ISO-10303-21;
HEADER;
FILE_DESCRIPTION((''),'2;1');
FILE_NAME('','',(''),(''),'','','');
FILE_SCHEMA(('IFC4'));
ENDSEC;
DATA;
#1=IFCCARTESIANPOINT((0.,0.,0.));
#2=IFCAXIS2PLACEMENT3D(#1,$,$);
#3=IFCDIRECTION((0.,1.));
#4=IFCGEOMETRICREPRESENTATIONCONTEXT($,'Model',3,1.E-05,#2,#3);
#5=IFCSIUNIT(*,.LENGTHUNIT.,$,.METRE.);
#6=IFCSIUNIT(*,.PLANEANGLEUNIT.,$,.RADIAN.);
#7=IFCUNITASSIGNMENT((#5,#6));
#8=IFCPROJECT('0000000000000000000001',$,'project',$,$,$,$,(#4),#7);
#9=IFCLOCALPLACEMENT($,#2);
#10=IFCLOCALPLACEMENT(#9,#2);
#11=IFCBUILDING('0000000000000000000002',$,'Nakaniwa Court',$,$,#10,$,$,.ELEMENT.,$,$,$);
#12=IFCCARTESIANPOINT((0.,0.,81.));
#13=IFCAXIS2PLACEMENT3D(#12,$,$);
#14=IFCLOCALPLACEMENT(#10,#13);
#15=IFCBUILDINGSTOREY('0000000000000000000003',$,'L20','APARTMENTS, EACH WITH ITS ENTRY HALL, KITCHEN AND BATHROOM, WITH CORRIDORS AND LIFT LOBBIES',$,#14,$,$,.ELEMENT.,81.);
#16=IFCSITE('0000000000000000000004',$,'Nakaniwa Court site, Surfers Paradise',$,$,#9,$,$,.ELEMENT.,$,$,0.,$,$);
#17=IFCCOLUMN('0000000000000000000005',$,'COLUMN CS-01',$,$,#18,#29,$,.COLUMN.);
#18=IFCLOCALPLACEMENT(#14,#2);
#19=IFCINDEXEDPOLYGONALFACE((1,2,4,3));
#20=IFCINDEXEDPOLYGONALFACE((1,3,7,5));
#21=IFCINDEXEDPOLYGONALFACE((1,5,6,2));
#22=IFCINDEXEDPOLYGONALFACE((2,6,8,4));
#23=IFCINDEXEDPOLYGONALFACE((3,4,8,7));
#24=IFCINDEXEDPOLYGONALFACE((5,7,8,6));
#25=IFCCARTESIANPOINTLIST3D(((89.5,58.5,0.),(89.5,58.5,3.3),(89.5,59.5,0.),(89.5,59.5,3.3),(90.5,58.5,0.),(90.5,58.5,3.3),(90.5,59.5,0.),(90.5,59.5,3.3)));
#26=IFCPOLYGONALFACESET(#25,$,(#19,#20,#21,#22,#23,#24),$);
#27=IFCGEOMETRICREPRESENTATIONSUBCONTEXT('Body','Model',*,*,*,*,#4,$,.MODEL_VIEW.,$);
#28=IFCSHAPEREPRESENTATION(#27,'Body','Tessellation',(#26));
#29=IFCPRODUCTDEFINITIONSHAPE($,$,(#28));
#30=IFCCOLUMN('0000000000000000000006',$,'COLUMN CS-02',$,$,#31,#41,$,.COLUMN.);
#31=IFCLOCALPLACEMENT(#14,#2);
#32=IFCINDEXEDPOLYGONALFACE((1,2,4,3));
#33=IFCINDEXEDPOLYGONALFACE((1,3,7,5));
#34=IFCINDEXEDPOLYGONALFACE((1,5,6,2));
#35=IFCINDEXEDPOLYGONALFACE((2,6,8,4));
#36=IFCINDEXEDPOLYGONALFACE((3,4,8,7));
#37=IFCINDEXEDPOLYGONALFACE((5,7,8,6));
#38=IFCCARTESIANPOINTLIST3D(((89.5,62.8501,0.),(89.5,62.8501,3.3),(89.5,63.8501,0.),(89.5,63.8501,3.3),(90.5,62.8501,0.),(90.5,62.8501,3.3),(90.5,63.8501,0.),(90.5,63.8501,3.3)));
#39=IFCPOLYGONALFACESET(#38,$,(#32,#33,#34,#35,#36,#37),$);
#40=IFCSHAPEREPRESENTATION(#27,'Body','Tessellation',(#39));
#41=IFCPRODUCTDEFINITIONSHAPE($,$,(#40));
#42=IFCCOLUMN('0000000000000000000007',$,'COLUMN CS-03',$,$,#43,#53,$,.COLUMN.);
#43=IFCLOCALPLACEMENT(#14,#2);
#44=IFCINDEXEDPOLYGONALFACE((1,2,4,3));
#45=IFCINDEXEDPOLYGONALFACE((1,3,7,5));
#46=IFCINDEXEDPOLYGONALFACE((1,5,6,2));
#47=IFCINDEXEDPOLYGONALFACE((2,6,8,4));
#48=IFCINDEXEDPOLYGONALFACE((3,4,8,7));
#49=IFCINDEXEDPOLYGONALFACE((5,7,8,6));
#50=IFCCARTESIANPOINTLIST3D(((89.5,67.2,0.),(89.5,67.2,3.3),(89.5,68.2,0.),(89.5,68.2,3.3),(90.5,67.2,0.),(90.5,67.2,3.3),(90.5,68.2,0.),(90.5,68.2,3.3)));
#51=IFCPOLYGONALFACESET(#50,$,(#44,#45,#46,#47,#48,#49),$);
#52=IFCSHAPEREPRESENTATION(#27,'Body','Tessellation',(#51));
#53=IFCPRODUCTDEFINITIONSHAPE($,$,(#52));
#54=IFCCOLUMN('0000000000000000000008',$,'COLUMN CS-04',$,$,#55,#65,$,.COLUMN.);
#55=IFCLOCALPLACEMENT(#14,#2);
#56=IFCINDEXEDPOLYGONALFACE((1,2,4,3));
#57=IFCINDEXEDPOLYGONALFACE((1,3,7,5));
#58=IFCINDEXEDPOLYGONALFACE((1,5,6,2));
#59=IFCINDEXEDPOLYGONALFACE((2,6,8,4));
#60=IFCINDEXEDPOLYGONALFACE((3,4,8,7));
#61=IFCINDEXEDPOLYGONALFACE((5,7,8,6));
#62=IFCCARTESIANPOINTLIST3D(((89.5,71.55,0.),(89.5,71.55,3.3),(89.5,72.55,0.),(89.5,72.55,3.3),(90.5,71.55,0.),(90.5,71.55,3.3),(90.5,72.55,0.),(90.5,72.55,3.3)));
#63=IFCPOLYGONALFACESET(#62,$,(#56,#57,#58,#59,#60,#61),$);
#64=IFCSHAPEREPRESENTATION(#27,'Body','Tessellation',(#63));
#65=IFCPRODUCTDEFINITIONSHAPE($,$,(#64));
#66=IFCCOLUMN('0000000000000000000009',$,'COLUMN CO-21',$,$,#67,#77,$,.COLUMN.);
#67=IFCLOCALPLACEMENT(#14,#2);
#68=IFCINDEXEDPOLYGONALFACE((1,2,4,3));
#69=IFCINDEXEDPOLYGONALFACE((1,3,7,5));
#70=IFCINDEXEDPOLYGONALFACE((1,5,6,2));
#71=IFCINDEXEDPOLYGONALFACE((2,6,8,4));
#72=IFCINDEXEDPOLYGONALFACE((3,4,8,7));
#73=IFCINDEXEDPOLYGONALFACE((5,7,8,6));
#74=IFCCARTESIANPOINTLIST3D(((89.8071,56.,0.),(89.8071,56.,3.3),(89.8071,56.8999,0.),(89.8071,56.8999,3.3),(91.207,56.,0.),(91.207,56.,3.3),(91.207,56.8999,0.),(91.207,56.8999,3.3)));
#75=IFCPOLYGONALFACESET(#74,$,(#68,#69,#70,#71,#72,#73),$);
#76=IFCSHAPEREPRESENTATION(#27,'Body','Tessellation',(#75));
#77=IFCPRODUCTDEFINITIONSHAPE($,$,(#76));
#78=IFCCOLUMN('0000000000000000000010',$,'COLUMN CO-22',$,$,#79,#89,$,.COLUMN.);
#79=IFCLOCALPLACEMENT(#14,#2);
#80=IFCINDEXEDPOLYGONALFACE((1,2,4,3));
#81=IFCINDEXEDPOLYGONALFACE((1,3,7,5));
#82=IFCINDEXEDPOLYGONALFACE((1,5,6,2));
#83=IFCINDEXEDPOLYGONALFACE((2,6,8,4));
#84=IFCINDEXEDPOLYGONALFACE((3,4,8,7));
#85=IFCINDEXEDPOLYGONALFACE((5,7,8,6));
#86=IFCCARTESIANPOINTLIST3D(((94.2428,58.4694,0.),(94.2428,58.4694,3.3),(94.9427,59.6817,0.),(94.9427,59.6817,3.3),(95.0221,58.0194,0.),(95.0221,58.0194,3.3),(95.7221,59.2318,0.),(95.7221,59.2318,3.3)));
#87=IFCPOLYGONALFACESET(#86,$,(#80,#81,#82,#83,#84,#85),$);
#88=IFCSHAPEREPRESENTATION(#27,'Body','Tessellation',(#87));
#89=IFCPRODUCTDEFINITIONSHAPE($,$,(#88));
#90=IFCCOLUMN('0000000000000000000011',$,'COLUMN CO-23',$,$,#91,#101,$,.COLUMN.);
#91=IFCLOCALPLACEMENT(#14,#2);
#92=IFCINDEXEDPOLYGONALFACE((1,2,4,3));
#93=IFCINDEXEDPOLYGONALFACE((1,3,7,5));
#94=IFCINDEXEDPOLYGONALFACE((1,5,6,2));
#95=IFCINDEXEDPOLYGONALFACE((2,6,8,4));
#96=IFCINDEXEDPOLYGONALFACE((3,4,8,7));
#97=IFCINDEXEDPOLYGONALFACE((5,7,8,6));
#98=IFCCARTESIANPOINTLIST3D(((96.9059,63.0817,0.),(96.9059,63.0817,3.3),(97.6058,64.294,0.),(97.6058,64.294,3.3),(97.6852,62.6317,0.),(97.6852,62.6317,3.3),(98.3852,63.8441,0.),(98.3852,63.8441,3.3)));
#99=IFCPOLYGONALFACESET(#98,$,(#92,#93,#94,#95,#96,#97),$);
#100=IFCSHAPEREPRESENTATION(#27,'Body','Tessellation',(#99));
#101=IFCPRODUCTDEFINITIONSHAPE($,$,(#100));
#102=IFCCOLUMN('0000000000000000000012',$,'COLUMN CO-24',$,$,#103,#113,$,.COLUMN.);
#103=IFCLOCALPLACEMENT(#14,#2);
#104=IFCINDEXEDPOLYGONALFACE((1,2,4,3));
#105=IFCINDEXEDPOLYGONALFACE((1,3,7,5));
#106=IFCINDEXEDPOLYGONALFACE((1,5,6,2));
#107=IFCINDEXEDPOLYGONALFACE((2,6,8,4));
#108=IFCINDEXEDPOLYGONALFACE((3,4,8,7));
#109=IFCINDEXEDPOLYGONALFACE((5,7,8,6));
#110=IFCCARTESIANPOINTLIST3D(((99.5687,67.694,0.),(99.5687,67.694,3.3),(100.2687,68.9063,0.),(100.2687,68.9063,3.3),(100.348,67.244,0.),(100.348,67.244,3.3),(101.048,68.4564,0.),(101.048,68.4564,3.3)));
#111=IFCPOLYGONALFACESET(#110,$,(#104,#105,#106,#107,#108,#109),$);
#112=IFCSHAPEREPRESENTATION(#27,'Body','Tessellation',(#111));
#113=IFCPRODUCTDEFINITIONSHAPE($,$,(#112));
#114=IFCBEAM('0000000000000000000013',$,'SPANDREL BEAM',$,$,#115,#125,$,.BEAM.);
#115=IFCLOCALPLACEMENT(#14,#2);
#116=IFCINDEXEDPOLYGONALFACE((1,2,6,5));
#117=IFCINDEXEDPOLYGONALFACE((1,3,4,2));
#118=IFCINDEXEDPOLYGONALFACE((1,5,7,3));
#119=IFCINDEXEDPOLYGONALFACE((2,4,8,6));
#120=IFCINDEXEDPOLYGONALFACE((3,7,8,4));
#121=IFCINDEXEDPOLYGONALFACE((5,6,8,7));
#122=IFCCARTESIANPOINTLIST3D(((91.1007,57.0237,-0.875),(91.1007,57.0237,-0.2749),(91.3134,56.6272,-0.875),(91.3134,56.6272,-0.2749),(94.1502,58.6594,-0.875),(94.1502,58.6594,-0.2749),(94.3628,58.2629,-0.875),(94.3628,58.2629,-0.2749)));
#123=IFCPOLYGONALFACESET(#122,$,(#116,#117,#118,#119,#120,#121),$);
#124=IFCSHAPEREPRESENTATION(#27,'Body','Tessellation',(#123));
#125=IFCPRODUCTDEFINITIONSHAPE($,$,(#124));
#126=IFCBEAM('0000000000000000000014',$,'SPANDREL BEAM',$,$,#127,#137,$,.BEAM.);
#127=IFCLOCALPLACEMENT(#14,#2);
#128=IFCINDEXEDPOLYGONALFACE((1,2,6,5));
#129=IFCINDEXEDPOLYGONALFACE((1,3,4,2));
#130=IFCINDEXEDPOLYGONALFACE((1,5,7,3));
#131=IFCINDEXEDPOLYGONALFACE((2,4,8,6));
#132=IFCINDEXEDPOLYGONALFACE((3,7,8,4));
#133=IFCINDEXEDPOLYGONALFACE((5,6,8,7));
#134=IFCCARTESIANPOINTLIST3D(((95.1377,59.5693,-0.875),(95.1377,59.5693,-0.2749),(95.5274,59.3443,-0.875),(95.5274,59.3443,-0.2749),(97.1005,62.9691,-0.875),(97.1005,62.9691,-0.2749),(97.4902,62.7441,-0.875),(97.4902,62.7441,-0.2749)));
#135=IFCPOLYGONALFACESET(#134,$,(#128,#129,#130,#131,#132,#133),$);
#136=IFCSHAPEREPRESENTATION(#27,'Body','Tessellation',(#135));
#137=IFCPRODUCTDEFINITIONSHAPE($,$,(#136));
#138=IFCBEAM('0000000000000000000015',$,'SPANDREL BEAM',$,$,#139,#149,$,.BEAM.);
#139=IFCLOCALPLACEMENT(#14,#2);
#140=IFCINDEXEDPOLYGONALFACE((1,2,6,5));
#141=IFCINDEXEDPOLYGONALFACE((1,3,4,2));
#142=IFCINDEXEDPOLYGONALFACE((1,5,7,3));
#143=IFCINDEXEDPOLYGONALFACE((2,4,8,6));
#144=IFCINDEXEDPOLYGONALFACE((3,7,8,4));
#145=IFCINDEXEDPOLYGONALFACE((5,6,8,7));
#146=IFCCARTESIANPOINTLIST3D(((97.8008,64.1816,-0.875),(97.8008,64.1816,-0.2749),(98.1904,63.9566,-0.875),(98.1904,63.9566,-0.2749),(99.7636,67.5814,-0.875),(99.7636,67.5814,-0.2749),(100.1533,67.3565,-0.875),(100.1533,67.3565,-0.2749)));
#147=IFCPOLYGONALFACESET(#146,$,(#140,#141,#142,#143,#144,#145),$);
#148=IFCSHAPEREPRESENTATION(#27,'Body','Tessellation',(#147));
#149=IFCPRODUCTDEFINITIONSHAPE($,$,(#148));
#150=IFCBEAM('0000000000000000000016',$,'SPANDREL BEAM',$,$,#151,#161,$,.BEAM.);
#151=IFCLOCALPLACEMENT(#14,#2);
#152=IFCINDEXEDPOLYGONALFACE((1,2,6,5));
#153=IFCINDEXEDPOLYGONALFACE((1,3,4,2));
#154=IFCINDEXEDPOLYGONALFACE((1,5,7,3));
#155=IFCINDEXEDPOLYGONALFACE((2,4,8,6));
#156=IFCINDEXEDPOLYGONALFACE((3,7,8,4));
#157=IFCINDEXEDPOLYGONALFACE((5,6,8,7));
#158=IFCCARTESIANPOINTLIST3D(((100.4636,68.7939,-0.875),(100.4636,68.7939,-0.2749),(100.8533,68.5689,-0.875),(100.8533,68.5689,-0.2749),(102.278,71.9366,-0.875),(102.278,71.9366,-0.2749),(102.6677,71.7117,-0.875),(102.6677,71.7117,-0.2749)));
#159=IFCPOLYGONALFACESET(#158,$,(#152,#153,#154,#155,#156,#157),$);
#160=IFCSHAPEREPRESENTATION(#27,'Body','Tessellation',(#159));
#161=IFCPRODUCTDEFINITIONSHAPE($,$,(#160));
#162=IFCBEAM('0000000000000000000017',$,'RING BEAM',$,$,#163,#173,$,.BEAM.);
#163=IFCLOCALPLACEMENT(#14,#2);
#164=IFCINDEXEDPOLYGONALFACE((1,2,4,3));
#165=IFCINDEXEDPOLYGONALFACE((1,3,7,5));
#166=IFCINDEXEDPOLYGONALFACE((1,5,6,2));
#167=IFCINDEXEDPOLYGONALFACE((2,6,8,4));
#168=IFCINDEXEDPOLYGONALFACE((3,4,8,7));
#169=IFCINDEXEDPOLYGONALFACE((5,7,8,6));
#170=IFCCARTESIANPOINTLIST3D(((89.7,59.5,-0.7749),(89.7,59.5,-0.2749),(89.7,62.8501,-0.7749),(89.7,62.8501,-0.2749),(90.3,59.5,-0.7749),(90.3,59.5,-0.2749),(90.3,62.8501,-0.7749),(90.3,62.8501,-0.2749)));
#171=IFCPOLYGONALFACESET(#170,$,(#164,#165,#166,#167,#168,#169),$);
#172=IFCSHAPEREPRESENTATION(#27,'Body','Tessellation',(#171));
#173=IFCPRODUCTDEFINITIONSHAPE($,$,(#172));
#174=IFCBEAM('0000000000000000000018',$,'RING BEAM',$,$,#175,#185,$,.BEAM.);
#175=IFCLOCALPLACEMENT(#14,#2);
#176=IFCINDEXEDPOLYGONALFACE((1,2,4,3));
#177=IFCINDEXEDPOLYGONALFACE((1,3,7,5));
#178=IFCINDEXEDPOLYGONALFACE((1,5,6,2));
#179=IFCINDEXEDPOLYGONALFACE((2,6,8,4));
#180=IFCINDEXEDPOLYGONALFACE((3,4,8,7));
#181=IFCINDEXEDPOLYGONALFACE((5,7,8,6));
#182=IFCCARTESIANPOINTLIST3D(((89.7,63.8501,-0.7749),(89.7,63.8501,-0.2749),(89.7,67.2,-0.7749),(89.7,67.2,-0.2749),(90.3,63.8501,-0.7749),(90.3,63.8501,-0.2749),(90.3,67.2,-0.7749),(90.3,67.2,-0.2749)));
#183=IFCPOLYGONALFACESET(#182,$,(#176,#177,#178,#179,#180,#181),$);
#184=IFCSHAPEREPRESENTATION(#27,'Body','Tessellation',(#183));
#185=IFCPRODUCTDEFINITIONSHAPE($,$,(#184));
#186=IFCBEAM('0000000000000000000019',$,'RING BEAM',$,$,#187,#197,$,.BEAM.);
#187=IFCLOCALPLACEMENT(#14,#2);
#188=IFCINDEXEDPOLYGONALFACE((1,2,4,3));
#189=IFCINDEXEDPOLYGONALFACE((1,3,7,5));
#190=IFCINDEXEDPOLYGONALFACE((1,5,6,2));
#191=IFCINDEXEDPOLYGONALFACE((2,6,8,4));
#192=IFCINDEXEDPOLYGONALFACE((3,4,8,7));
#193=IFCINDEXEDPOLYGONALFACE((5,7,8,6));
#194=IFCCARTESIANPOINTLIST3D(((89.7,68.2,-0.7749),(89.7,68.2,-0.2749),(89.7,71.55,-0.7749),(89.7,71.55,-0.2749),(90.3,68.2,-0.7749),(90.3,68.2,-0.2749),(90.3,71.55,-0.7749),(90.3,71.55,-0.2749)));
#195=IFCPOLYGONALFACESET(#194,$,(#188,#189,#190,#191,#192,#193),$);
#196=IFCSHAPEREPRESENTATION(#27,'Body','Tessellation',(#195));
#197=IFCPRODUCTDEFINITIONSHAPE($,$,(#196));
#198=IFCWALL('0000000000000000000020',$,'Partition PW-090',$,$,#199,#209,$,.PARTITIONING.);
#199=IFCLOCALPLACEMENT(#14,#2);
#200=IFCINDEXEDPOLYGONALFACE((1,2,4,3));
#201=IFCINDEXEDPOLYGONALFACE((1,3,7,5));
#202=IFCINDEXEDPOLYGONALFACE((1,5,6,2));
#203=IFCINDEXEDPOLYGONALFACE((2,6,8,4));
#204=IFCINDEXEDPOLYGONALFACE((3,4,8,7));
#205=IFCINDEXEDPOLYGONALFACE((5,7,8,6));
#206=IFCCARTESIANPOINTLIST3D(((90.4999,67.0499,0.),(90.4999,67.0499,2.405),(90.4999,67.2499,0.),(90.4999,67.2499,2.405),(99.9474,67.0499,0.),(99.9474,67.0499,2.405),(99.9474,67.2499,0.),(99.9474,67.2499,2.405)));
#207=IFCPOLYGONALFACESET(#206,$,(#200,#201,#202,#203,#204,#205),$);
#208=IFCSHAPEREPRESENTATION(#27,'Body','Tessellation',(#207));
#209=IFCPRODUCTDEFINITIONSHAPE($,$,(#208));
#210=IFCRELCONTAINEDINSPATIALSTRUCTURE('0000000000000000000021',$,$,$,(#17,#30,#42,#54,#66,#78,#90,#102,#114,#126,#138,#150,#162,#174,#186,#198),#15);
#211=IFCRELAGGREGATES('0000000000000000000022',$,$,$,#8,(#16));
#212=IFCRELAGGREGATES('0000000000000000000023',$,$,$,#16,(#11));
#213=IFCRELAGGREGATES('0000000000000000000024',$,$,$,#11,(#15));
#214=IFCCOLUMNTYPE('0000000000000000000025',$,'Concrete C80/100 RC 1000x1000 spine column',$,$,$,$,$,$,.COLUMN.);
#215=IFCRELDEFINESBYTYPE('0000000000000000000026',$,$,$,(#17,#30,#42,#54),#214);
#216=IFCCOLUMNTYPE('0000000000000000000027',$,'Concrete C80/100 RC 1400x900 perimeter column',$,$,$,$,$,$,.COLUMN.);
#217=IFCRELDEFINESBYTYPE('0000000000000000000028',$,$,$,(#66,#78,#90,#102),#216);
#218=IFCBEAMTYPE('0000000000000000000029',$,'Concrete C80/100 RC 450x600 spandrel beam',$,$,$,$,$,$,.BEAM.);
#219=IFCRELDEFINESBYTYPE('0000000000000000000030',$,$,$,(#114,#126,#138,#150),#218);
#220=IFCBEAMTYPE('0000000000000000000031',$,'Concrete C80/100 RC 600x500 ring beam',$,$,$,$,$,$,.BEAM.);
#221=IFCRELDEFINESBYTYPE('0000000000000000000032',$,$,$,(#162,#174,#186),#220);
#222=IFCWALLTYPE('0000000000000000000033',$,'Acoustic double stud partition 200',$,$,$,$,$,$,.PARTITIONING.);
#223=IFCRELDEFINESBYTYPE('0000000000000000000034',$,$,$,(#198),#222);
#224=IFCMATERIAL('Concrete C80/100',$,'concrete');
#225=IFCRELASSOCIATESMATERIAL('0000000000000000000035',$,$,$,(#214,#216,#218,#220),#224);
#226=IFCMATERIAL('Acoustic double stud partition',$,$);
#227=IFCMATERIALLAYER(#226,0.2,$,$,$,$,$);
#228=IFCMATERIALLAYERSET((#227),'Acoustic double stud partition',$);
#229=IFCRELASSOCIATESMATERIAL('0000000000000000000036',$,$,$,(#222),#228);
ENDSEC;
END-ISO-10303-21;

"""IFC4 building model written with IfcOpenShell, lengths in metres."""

from ifc_helpers import new_model, si_unit, direction, frame, frame_2d, origin, origin_2d, place, context, subcontext, project, spatial, rectangle, extrude, material, layer, layer_set, material_profile, profile_set, type_object, element, save


model = new_model("IFC4")

# Units and contexts
model_context = context("Model", 3, precision=1e-05, world=origin(), true_north=direction((0.0, 1.0)))
body_context = subcontext(model_context, "Body", "Model", "MODEL_VIEW")
ifc_project = project(units=[si_unit("LENGTHUNIT", "METRE"), si_unit("PLANEANGLEUNIT", "RADIAN")], contexts=[model_context])

# Site, building, storey
site_placement = place(None, origin())
site = spatial("IfcSite", under=ifc_project, at=site_placement, Name="Nakaniwa Court site, Surfers Paradise", CompositionType="ELEMENT", RefElevation=0.0)
building_placement = place(site_placement, origin())
building = spatial("IfcBuilding", under=site, at=building_placement, Name="Nakaniwa Court", CompositionType="ELEMENT")
storey_placement = place(building_placement, frame((0.0, 0.0, 81.0)))
storey = spatial("IfcBuildingStorey", under=building, at=storey_placement, Name="L20", Description="APARTMENTS, EACH WITH ITS ENTRY HALL, KITCHEN AND BATHROOM, WITH CORRIDORS AND LIFT LOBBIES", CompositionType="ELEMENT", Elevation=81.0)

# Columns
ifc_material_1 = material(Name="Concrete C80/100", Category="concrete")
ifc_material_profile_1 = material_profile(ifc_material_1, rectangle(XDim=1.0, YDim=1.0, at=origin_2d()), Name="Concrete C80/100 RC 1000x1000 spine column")
ifc_profile_set_1 = profile_set([ifc_material_profile_1], Name="Concrete C80/100")
column_type_1 = type_object("IfcColumnType", Name="Concrete C80/100 RC 1000x1000 spine column", PredefinedType="COLUMN", material=ifc_profile_set_1)
for number, where, z_axis, x_axis, name in (
    (1, (90.0, 59.0, 0.0), (0.0, 0.0, 1.0), (0.0, 1.0, 0.0), "COLUMN CS-01"),
    (2, (90.0, 63.3501, 0.0), (0.0, 0.0, 1.0), (0.0, 1.0, 0.0), "COLUMN CS-02"),
    (3, (90.0, 67.7, 0.0), (0.0, 0.0, 1.0), (0.0, 1.0, 0.0), "COLUMN CS-03"),
    (4, (90.0, 72.05, 0.0), (0.0, 0.0, 1.0), (0.0, 1.0, 0.0), "COLUMN CS-04"),
):
    element("IfcColumn", number, at=place(storey_placement, frame(where, z_axis=z_axis, x_axis=x_axis)), inside=storey, type_object=column_type_1, Name=name, PredefinedType="COLUMN", context=body_context, shape_type="SweptSolid", body=[
        extrude(rectangle(XDim=1.0, YDim=1.0, at=origin_2d()), origin(), (0.0, 0.0, 1.0), 3.3),
    ])
ifc_material_profile_2 = material_profile(ifc_material_1, rectangle(XDim=1.3999, YDim=0.8999, at=origin_2d()), Name="Concrete C80/100 RC 1400x900 perimeter column")
ifc_profile_set_2 = profile_set([ifc_material_profile_2], Name="Concrete C80/100")
column_type_2 = type_object("IfcColumnType", Name="Concrete C80/100 RC 1400x900 perimeter column", PredefinedType="COLUMN", material=ifc_profile_set_2)
for number, where, z_axis, x_axis, name in (
    (5, (90.5071, 56.45, 0.0), (0.0, 0.0, 1.0), (1.0, 0.0, 0.0), "COLUMN CO-21"),
    (6, (94.9824, 58.8506, 0.0), (0.0, 0.0, 1.0), (0.5, 0.866025, 0.0), "COLUMN CO-22"),
    (7, (97.6455, 63.4629, 0.0), (0.0, 0.0, 1.0), (0.5, 0.866025, 0.0), "COLUMN CO-23"),
    (8, (100.3083, 68.0752, 0.0), (0.0, 0.0, 1.0), (0.5, 0.866025, 0.0), "COLUMN CO-24"),
):
    element("IfcColumn", number, at=place(storey_placement, frame(where, z_axis=z_axis, x_axis=x_axis)), inside=storey, type_object=column_type_2, Name=name, PredefinedType="COLUMN", context=body_context, shape_type="SweptSolid", body=[
        extrude(rectangle(XDim=1.3999, YDim=0.8999, at=origin_2d()), origin(), (0.0, 0.0, 1.0), 3.3),
    ])

# Beams
ifc_material_profile_3 = material_profile(ifc_material_1, rectangle(XDim=0.45, YDim=0.6001, at=origin_2d()), Name="Concrete C80/100 RC 450x600 spandrel beam")
ifc_profile_set_3 = profile_set([ifc_material_profile_3], Name="Concrete C80/100")
beam_type_1 = type_object("IfcBeamType", Name="Concrete C80/100 RC 450x600 spandrel beam", PredefinedType="BEAM", material=ifc_profile_set_3)
beam_1_placement = place(storey_placement, frame((91.207, 56.8254, -0.575), z_axis=(0.881233, 0.472681, 0.0), x_axis=(-0.472681, 0.881233, 0.0)))
element("IfcBeam", 9, at=beam_1_placement, inside=storey, type_object=beam_type_1, Name="SPANDREL BEAM", PredefinedType="BEAM", context=body_context, shape_type="SweptSolid", body=[
    extrude(rectangle(XDim=0.45, YDim=0.6001, at=origin_2d()), origin(), (0.0, 0.0, 1.0), 3.4604),
])
for number, where, z_axis, x_axis, name in (
    (10, (95.3325, 59.4568, -0.575), (0.499992, 0.86603, 0.0), (-0.86603, 0.499992, 0.0), "SPANDREL BEAM"),
    (11, (97.9956, 64.0691, -0.575), (0.499992, 0.86603, 0.0), (-0.86603, 0.499992, 0.0), "SPANDREL BEAM"),
):
    element("IfcBeam", number, at=place(storey_placement, frame(where, z_axis=z_axis, x_axis=x_axis)), inside=storey, type_object=beam_type_1, Name=name, PredefinedType="BEAM", context=body_context, shape_type="SweptSolid", body=[
        extrude(rectangle(XDim=0.45, YDim=0.6001, at=origin_2d()), origin(), (0.0, 0.0, 1.0), 3.9258),
    ])
beam_2_placement = place(storey_placement, frame((100.6584, 68.6814, -0.575), z_axis=(0.499988, 0.866032, 0.0), x_axis=(-0.866032, 0.499988, 0.0)))
element("IfcBeam", 12, at=beam_2_placement, inside=storey, type_object=beam_type_1, Name="SPANDREL BEAM", PredefinedType="BEAM", context=body_context, shape_type="SweptSolid", body=[
    extrude(rectangle(XDim=0.45, YDim=0.6001, at=origin_2d()), origin(), (0.0, 0.0, 1.0), 3.6289),
])
ifc_material_profile_4 = material_profile(ifc_material_1, rectangle(XDim=0.6001, YDim=0.5, at=origin_2d()), Name="Concrete C80/100 RC 600x500 ring beam")
ifc_profile_set_4 = profile_set([ifc_material_profile_4], Name="Concrete C80/100")
beam_type_2 = type_object("IfcBeamType", Name="Concrete C80/100 RC 600x500 ring beam", PredefinedType="BEAM", material=ifc_profile_set_4)
beam_3_placement = place(storey_placement, frame((90.0, 59.5, -0.5249), z_axis=(0.0, 1.0, 0.0), x_axis=(-1.0, 0.0, 0.0)))
element("IfcBeam", 13, at=beam_3_placement, inside=storey, type_object=beam_type_2, Name="RING BEAM", PredefinedType="BEAM", context=body_context, shape_type="SweptSolid", body=[
    extrude(rectangle(XDim=0.6001, YDim=0.5, at=origin_2d()), origin(), (0.0, 0.0, 1.0), 3.3501),
])
beam_4_placement = place(storey_placement, frame((90.0, 63.8501, -0.5249), z_axis=(0.0, 1.0, 0.0), x_axis=(-1.0, 0.0, 0.0)))
element("IfcBeam", 14, at=beam_4_placement, inside=storey, type_object=beam_type_2, Name="RING BEAM", PredefinedType="BEAM", context=body_context, shape_type="SweptSolid", body=[
    extrude(rectangle(XDim=0.6001, YDim=0.5, at=origin_2d()), origin(), (0.0, 0.0, 1.0), 3.3499),
])
beam_5_placement = place(storey_placement, frame((90.0, 68.2, -0.5249), z_axis=(0.0, 1.0, 0.0), x_axis=(-1.0, 0.0, 0.0)))
element("IfcBeam", 15, at=beam_5_placement, inside=storey, type_object=beam_type_2, Name="RING BEAM", PredefinedType="BEAM", context=body_context, shape_type="SweptSolid", body=[
    extrude(rectangle(XDim=0.6001, YDim=0.5, at=origin_2d()), origin(), (0.0, 0.0, 1.0), 3.3501),
])

# Wall
ifc_material_2 = material(Name="Acoustic double stud partition")
ifc_layer_1 = layer(ifc_material_2, 0.2)
ifc_layer_set_1 = layer_set([ifc_layer_1], Name="Acoustic double stud partition")
wall_type_1 = type_object("IfcWallType", Name="Acoustic double stud partition 200", PredefinedType="PARTITIONING", material=ifc_layer_set_1)
wall_1_placement = place(storey_placement, frame((90.5, 67.1499, 0.0), z_axis=(0.0, 0.0, 1.0), x_axis=(1.0, 0.0, 0.0)))
element("IfcWall", 16, at=wall_1_placement, inside=storey, type_object=wall_type_1, Name="Partition PW-090", PredefinedType="PARTITIONING", context=body_context, shape_type="SweptSolid", body=[
    extrude(rectangle(XDim=9.4475, YDim=0.2, at=frame_2d((4.7236, 0.0))), origin(), (0.0, 0.0, 1.0), 2.405),
])

save(model, "model.ifc")
